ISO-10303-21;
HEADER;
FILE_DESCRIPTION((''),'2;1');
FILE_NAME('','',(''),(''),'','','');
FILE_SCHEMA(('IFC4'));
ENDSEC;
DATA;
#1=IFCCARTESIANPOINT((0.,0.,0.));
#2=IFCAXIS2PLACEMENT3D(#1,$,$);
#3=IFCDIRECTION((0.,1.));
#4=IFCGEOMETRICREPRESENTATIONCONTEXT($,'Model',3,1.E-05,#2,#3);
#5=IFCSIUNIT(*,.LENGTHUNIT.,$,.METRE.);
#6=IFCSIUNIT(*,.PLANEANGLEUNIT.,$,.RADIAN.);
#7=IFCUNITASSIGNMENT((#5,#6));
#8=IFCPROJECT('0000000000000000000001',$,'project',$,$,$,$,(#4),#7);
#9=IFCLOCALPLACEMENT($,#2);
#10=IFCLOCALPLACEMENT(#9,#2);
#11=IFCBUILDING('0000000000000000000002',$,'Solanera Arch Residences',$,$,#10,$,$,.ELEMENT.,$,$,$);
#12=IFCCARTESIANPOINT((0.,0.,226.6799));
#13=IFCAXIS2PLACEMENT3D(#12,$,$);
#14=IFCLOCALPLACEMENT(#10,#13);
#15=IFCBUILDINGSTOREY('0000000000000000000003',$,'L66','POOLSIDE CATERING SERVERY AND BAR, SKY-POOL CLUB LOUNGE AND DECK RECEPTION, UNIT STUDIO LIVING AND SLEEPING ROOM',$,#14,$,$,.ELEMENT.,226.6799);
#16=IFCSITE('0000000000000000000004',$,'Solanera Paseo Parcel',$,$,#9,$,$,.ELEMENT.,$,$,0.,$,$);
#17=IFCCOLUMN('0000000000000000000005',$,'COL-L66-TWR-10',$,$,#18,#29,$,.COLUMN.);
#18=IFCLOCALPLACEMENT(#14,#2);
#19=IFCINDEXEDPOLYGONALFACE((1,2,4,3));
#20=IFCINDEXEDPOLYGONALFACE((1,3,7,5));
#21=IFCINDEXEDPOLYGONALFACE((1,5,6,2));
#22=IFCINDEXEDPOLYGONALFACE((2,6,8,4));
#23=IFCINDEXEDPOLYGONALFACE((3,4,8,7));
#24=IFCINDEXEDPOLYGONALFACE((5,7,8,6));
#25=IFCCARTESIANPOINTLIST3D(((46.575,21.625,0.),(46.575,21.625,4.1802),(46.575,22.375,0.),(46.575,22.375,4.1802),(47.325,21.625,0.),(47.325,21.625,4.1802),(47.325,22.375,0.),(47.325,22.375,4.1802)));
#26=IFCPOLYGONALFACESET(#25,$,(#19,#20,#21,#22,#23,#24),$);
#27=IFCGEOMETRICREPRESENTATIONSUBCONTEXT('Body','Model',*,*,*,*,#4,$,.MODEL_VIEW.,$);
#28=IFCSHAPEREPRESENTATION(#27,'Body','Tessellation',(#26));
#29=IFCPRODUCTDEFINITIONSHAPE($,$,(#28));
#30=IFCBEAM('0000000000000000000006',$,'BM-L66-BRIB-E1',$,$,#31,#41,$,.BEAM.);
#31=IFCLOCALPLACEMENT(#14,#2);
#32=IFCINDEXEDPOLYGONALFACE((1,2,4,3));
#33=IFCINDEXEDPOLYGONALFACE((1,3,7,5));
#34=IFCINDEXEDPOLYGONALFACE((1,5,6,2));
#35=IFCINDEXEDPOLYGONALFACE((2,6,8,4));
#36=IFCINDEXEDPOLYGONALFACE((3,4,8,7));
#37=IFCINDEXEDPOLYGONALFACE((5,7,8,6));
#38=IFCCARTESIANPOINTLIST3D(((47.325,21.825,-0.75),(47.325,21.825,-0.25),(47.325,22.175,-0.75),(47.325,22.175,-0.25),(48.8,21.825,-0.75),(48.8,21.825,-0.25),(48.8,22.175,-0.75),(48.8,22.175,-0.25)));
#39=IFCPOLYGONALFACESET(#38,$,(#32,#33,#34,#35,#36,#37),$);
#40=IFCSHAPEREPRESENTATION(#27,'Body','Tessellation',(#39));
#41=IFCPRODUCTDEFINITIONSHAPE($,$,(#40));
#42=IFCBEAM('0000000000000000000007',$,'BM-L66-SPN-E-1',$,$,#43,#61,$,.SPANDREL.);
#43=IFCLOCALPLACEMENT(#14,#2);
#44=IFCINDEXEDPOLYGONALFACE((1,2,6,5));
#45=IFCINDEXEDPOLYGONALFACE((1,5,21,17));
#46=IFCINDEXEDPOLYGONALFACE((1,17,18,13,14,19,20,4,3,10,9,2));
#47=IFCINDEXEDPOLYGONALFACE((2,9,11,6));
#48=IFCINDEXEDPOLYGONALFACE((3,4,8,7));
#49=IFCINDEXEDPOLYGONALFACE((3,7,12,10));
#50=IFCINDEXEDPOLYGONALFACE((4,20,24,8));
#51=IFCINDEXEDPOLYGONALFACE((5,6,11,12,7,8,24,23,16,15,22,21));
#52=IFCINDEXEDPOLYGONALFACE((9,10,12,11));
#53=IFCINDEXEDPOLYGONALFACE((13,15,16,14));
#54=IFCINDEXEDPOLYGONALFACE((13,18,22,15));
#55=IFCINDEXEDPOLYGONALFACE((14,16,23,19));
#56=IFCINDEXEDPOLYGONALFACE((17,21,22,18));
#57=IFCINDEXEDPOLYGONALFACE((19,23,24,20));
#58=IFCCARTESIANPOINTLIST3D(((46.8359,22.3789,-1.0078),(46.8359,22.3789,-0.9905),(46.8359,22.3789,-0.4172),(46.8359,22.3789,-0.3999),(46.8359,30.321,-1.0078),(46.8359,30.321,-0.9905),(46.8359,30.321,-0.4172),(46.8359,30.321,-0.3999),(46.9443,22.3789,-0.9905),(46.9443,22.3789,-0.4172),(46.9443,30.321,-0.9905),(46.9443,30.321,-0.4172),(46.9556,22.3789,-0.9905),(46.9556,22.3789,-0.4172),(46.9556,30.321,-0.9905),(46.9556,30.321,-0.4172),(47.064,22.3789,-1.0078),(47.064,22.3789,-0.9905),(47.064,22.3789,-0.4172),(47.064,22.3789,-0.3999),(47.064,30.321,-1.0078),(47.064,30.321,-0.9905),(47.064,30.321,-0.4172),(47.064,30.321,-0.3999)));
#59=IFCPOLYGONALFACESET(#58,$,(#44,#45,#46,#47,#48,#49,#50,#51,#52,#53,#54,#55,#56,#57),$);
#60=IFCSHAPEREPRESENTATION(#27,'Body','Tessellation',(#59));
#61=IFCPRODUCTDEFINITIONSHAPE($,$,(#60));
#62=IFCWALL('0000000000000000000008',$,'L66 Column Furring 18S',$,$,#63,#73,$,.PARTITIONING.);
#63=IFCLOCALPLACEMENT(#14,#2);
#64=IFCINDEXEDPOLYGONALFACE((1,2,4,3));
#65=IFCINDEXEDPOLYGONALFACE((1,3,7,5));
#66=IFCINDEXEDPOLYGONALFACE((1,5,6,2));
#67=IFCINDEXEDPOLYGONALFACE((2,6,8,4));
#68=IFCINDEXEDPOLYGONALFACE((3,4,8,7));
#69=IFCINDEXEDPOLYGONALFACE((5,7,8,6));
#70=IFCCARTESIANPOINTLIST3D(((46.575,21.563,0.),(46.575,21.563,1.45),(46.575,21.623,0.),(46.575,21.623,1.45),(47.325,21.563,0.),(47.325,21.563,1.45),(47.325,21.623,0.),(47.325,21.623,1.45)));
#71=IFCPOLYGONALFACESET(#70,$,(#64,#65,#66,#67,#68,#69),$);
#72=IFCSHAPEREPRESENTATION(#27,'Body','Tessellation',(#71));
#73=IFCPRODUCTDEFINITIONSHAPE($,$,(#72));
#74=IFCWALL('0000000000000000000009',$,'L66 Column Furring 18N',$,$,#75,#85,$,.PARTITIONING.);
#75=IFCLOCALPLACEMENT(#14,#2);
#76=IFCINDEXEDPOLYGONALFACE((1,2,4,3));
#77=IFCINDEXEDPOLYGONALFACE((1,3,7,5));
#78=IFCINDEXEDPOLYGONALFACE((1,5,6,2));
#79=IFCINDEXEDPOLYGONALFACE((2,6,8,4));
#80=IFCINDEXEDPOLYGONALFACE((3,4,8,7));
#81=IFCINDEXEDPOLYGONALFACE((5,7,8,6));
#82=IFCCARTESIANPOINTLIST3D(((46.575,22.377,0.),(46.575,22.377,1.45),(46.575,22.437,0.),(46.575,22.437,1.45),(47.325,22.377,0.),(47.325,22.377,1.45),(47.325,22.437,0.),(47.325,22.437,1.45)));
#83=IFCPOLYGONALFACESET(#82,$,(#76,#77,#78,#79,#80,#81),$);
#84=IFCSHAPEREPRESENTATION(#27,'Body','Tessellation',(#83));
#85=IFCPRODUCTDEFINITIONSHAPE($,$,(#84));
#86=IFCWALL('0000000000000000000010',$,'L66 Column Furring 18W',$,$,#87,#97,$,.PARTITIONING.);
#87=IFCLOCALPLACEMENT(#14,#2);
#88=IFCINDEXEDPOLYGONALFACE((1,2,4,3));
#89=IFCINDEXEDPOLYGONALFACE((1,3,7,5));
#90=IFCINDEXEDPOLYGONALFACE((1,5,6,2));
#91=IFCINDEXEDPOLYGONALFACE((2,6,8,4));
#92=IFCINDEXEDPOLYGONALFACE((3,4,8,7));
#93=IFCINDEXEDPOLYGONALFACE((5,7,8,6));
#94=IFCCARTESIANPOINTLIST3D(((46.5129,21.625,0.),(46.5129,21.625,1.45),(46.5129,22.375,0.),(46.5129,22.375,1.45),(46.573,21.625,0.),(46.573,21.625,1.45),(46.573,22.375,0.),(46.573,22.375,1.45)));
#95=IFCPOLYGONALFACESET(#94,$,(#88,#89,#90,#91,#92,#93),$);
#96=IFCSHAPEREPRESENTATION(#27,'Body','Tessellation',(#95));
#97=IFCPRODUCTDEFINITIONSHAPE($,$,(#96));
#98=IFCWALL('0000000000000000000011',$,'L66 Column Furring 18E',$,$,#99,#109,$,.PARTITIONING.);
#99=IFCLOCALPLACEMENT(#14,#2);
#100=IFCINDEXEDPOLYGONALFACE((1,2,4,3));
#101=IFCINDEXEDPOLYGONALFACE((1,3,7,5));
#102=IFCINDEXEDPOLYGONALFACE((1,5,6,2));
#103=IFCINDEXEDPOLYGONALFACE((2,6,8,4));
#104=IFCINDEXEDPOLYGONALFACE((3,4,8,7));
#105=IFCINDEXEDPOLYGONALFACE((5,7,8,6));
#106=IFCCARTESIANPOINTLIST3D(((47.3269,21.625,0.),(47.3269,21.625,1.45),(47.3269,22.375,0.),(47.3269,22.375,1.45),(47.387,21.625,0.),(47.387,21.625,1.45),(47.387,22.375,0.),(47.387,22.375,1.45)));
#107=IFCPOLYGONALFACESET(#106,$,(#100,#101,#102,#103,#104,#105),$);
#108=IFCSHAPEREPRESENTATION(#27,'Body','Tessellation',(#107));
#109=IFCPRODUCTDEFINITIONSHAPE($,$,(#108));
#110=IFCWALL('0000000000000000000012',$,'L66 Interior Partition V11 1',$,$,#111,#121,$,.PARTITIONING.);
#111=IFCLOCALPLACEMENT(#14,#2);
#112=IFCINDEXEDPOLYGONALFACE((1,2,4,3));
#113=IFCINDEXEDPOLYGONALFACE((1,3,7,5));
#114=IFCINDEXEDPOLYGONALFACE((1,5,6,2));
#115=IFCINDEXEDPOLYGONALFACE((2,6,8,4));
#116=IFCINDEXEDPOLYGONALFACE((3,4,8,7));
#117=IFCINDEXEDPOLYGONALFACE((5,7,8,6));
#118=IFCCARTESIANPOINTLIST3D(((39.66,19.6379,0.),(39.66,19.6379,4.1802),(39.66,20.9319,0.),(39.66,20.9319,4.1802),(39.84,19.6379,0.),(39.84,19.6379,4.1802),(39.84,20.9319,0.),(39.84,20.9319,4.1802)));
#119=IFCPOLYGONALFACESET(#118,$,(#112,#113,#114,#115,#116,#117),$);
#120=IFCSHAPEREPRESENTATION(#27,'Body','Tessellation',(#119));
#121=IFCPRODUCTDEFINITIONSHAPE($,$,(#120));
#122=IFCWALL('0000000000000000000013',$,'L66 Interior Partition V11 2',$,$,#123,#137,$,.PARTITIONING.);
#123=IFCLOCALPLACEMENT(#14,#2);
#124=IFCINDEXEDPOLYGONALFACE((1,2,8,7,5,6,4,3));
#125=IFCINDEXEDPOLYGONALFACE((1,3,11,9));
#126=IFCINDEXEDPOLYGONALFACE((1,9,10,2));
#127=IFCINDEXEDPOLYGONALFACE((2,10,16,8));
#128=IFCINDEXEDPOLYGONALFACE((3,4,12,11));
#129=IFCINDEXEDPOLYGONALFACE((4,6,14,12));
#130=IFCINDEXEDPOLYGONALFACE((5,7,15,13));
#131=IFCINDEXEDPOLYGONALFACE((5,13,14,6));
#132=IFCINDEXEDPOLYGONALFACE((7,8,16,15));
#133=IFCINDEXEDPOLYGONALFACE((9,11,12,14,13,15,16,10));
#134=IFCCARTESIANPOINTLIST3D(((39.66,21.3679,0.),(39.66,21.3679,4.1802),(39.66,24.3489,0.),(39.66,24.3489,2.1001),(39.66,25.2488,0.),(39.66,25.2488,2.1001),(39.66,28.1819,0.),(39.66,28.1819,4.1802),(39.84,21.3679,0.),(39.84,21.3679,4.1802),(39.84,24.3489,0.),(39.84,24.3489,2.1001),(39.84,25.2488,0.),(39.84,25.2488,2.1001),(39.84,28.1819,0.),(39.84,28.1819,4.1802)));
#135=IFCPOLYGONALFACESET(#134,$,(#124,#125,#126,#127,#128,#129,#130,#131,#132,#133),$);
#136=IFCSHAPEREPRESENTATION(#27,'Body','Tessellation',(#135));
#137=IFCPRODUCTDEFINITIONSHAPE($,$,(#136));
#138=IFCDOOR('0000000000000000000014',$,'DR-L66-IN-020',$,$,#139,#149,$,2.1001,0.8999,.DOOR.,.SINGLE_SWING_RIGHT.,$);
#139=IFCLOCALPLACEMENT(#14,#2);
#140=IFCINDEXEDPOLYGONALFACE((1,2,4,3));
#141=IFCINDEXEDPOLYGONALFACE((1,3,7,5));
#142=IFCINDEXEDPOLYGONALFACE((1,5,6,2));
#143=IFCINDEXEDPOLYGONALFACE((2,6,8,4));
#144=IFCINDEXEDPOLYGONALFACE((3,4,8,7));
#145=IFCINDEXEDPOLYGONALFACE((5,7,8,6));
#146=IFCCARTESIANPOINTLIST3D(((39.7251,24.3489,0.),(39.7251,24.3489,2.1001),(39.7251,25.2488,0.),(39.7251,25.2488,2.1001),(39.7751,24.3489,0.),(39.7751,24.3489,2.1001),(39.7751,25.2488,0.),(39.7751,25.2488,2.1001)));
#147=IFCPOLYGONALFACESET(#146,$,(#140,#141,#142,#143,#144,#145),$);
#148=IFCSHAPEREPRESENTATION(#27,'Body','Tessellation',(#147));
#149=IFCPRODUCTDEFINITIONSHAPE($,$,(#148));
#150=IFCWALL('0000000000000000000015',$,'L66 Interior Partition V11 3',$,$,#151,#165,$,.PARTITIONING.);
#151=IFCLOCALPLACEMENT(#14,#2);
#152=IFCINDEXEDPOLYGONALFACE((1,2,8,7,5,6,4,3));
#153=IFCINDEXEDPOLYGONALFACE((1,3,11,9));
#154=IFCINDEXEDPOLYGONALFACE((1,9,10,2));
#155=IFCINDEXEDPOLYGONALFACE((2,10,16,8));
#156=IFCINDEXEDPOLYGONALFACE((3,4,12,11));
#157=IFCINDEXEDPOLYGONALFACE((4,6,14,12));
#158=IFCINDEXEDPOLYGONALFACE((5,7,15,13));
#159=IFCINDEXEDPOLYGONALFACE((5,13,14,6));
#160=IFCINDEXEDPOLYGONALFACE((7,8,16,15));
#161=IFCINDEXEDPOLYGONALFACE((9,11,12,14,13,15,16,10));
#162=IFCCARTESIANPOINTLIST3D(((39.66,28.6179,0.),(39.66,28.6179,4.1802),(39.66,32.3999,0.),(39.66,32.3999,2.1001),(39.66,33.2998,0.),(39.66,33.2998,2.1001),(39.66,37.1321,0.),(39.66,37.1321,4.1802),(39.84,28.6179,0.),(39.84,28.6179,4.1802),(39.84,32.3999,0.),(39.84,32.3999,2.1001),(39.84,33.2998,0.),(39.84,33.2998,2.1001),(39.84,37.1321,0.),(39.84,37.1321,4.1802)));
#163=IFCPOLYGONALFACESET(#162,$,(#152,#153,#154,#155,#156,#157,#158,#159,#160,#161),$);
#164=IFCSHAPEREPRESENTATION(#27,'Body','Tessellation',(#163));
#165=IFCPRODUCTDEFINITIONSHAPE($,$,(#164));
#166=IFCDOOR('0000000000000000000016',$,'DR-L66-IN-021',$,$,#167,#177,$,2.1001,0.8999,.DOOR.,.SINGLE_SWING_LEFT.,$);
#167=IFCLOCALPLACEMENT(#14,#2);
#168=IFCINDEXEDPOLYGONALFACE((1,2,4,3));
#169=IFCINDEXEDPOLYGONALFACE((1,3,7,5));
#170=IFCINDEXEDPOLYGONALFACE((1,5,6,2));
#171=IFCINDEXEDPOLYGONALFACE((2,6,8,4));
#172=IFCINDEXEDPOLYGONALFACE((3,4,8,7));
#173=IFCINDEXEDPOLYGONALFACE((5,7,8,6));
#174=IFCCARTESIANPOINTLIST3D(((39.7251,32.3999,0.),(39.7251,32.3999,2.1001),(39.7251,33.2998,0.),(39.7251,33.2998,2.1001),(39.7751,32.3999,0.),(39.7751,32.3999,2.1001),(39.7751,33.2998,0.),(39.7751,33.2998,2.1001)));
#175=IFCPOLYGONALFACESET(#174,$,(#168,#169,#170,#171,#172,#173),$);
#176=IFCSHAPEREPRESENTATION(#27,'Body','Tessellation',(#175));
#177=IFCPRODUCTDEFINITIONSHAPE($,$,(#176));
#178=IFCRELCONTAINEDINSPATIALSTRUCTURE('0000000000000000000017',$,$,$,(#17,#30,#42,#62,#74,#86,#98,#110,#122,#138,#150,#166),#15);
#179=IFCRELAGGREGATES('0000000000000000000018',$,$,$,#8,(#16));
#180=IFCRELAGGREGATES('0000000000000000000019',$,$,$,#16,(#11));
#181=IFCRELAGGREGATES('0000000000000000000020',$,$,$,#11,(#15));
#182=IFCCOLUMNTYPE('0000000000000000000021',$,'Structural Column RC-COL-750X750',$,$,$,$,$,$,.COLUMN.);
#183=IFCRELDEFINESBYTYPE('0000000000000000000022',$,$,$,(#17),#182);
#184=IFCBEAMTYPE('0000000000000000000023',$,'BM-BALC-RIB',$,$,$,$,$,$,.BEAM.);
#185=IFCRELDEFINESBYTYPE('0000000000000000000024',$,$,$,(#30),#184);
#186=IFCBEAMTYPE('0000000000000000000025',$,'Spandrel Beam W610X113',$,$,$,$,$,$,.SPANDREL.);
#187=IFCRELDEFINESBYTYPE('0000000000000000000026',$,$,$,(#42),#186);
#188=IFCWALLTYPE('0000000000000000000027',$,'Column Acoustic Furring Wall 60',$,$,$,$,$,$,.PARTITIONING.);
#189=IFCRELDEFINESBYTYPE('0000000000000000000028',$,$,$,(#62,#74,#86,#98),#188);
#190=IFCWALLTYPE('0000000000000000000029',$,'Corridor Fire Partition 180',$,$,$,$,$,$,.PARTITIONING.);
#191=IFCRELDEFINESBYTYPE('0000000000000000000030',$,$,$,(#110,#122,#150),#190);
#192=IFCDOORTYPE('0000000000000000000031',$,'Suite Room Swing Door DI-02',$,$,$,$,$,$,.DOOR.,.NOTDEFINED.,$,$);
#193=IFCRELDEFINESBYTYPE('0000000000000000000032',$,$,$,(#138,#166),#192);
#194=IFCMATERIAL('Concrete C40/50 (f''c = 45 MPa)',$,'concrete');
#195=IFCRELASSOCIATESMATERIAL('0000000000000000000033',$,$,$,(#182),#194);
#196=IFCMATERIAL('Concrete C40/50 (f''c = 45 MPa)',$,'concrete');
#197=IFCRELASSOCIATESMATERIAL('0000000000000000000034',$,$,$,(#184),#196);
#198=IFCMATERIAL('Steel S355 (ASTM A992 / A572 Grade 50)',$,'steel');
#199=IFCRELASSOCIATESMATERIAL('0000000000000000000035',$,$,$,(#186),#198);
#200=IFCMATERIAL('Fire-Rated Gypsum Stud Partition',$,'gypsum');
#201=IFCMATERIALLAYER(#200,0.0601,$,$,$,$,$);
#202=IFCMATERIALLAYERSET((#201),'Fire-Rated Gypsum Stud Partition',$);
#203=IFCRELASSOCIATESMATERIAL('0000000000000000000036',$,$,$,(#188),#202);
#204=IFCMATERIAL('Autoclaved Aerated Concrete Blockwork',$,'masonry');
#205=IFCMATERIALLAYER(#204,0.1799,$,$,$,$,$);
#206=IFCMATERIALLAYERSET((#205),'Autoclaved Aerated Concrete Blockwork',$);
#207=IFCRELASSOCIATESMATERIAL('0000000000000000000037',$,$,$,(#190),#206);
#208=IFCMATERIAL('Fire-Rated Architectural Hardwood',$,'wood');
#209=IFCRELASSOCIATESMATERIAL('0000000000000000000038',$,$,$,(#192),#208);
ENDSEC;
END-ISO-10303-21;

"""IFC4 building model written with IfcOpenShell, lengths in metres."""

from ifc_helpers import new_model, si_unit, direction, frame, frame_2d, origin, origin_2d, place, context, subcontext, project, spatial, rectangle, i_section, extrude, material, layer, layer_set, material_profile, profile_set, type_object, element, fill, save


model = new_model("IFC4")

# Units and contexts
model_context = context("Model", 3, precision=1e-05, world=origin(), true_north=direction((0.0, 1.0)))
body_context = subcontext(model_context, "Body", "Model", "MODEL_VIEW")
ifc_project = project(units=[si_unit("LENGTHUNIT", "METRE"), si_unit("PLANEANGLEUNIT", "RADIAN")], contexts=[model_context])

# Site, building, storey
site_placement = place(None, origin())
site = spatial("IfcSite", under=ifc_project, at=site_placement, Name="Solanera Paseo Parcel", CompositionType="ELEMENT", RefElevation=0.0)
building_placement = place(site_placement, origin())
building = spatial("IfcBuilding", under=site, at=building_placement, Name="Solanera Arch Residences", CompositionType="ELEMENT")
storey_placement = place(building_placement, frame((0.0, 0.0, 226.6799)))
storey = spatial("IfcBuildingStorey", under=building, at=storey_placement, Name="L66", Description="POOLSIDE CATERING SERVERY AND BAR, SKY-POOL CLUB LOUNGE AND DECK RECEPTION, UNIT STUDIO LIVING AND SLEEPING ROOM", CompositionType="ELEMENT", Elevation=226.6799)

# Column
ifc_material_1 = material(Name="Concrete C40/50 (f'c = 45 MPa)", Category="concrete")
ifc_material_profile_1 = material_profile(ifc_material_1, rectangle(XDim=0.75, YDim=0.75, at=origin_2d()))
ifc_profile_set_1 = profile_set([ifc_material_profile_1], Name="Concrete C40/50 (f'c = 45 MPa)")
column_type = type_object("IfcColumnType", Name="Structural Column RC-COL-750X750", PredefinedType="COLUMN", material=ifc_profile_set_1)
column_placement = place(storey_placement, frame((46.95, 22.0, 0.0), z_axis=(0.0, 0.0, 1.0), x_axis=(1.0, 0.0, 0.0)))
element("IfcColumn", 1, at=column_placement, inside=storey, type_object=column_type, Name="COL-L66-TWR-10", PredefinedType="COLUMN", context=body_context, shape_type="SweptSolid", body=[
    extrude(rectangle(XDim=0.75, YDim=0.75, at=origin_2d()), origin(), (0.0, 0.0, 1.0), 4.1802),
])

# Beams
ifc_material_2 = material(Name="Concrete C40/50 (f'c = 45 MPa)", Category="concrete")
ifc_material_profile_2 = material_profile(ifc_material_2, rectangle(XDim=0.3501, YDim=0.5, at=origin_2d()))
ifc_profile_set_2 = profile_set([ifc_material_profile_2], Name="Concrete C40/50 (f'c = 45 MPa)")
beam_type_1 = type_object("IfcBeamType", Name="BM-BALC-RIB", PredefinedType="BEAM", material=ifc_profile_set_2)
beam_1_placement = place(storey_placement, frame((47.325, 22.0, -0.5), z_axis=(1.0, 0.0, 0.0), x_axis=(0.0, 1.0, 0.0)))
element("IfcBeam", 2, at=beam_1_placement, inside=storey, type_object=beam_type_1, Name="BM-L66-BRIB-E1", PredefinedType="BEAM", context=body_context, shape_type="SweptSolid", body=[
    extrude(rectangle(XDim=0.3501, YDim=0.5, at=origin_2d()), origin(), (0.0, 0.0, 1.0), 1.4751),
])
ifc_material_3 = material(Name="Steel S355 (ASTM A992 / A572 Grade 50)", Category="steel")
ifc_material_profile_3 = material_profile(ifc_material_3, i_section(OverallWidth=0.228, OverallDepth=0.6079, WebThickness=0.0112, FlangeThickness=0.0173, at=origin_2d()))
ifc_profile_set_3 = profile_set([ifc_material_profile_3], Name="Steel S355 (ASTM A992 / A572 Grade 50)")
beam_type_2 = type_object("IfcBeamType", Name="Spandrel Beam W610X113", PredefinedType="SPANDREL", material=ifc_profile_set_3)
beam_2_placement = place(storey_placement, frame((46.95, 22.3789, -0.7039), z_axis=(0.0, 1.0, 0.0), x_axis=(-1.0, 0.0, 0.0)))
element("IfcBeam", 3, at=beam_2_placement, inside=storey, type_object=beam_type_2, Name="BM-L66-SPN-E-1", PredefinedType="SPANDREL", context=body_context, shape_type="SweptSolid", body=[
    extrude(i_section(OverallWidth=0.228, OverallDepth=0.6079, WebThickness=0.0112, FlangeThickness=0.0173, at=origin_2d()), origin(), (0.0, 0.0, 1.0), 7.9421),
])

# Walls
ifc_material_4 = material(Name="Fire-Rated Gypsum Stud Partition", Category="gypsum")
ifc_layer_1 = layer(ifc_material_4, 0.0601)
ifc_layer_set_1 = layer_set([ifc_layer_1], Name="Fire-Rated Gypsum Stud Partition")
wall_type_1 = type_object("IfcWallType", Name="Column Acoustic Furring Wall 60", PredefinedType="PARTITIONING", material=ifc_layer_set_1)
for number, where, z_axis, x_axis, name in (
    (4, (46.575, 21.593, 0.0), (0.0, 0.0, 1.0), (1.0, 0.0, 0.0), "L66 Column Furring 18S"),
    (5, (46.575, 22.407, 0.0), (0.0, 0.0, 1.0), (1.0, 0.0, 0.0), "L66 Column Furring 18N"),
    (6, (46.543, 21.625, 0.0), (0.0, 0.0, 1.0), (0.0, 1.0, 0.0), "L66 Column Furring 18W"),
    (7, (47.3569, 21.625, 0.0), (0.0, 0.0, 1.0), (0.0, 1.0, 0.0), "L66 Column Furring 18E"),
):
    element("IfcWall", number, at=place(storey_placement, frame(where, z_axis=z_axis, x_axis=x_axis)), inside=storey, type_object=wall_type_1, Name=name, PredefinedType="PARTITIONING", context=body_context, shape_type="SweptSolid", body=[
        extrude(rectangle(XDim=0.75, YDim=0.0601, at=frame_2d((0.375, 0.0))), origin(), (0.0, 0.0, 1.0), 1.45),
    ])
ifc_material_5 = material(Name="Autoclaved Aerated Concrete Blockwork", Category="masonry")
ifc_layer_2 = layer(ifc_material_5, 0.1799)
ifc_layer_set_2 = layer_set([ifc_layer_2], Name="Autoclaved Aerated Concrete Blockwork")
wall_type_2 = type_object("IfcWallType", Name="Corridor Fire Partition 180", PredefinedType="PARTITIONING", material=ifc_layer_set_2)
wall_1_placement = place(storey_placement, frame((39.75, 19.6379, 0.0), z_axis=(0.0, 0.0, 1.0), x_axis=(0.0, 1.0, 0.0)))
element("IfcWall", 8, at=wall_1_placement, inside=storey, type_object=wall_type_2, Name="L66 Interior Partition V11 1", PredefinedType="PARTITIONING", context=body_context, shape_type="SweptSolid", body=[
    extrude(rectangle(XDim=1.2939, YDim=0.1799, at=frame_2d((0.647, 0.0))), origin(), (0.0, 0.0, 1.0), 4.1802),
])

# Walls, openings, doors
wall_2_placement = place(storey_placement, frame((39.75, 21.3679, 0.0), z_axis=(0.0, 0.0, 1.0), x_axis=(0.0, 1.0, 0.0)))
wall_2 = element("IfcWall", 9, at=wall_2_placement, inside=storey, type_object=wall_type_2, Name="L66 Interior Partition V11 2", PredefinedType="PARTITIONING", context=body_context, shape_type="SweptSolid", body=[
    extrude(rectangle(XDim=6.814, YDim=0.1799, at=frame_2d((3.407, 0.0))), origin(), (0.0, 0.0, 1.0), 4.1802),
])
opening_1_placement = place(wall_2_placement, frame((2.981, 0.0, 0.0)))
opening_1 = element("IfcOpeningElement", 10, at=opening_1_placement, cuts=wall_2, PredefinedType="OPENING", context=body_context, shape_type="SweptSolid", body=[
    extrude(rectangle(XDim=0.8999, YDim=2.1001, at=frame_2d((0.45, 1.05))), frame((0.0, 0.1001, 0.0), z_axis=(0.0, -1.0, 0.0), x_axis=(1.0, 0.0, 0.0)), (0.0, 0.0, 1.0), 0.1999),
])
ifc_material_6 = material(Name="Fire-Rated Architectural Hardwood", Category="wood")
door_type_1 = type_object("IfcDoorType", Name="Suite Room Swing Door DI-02", OperationType="NOTDEFINED", PredefinedType="DOOR", material=ifc_material_6)
door_1_placement = place(opening_1_placement, origin())
door_1 = element("IfcDoor", 11, at=door_1_placement, inside=storey, type_object=door_type_1, Name="DR-L66-IN-020", OperationType="SINGLE_SWING_RIGHT", OverallHeight=2.1001, OverallWidth=0.8999, PredefinedType="DOOR", context=body_context, shape_type="SweptSolid", body=[
    extrude(rectangle(XDim=0.8999, YDim=2.1001, at=frame_2d((0.45, 1.05))), frame((0.0, 0.0249, 0.0), z_axis=(0.0, -1.0, 0.0), x_axis=(1.0, 0.0, 0.0)), (0.0, 0.0, 1.0), 0.05),
])
fill(opening_1, door_1)
wall_3_placement = place(storey_placement, frame((39.75, 28.6179, 0.0), z_axis=(0.0, 0.0, 1.0), x_axis=(0.0, 1.0, 0.0)))
wall_3 = element("IfcWall", 12, at=wall_3_placement, inside=storey, type_object=wall_type_2, Name="L66 Interior Partition V11 3", PredefinedType="PARTITIONING", context=body_context, shape_type="SweptSolid", body=[
    extrude(rectangle(XDim=8.5142, YDim=0.1799, at=frame_2d((4.2571, 0.0))), origin(), (0.0, 0.0, 1.0), 4.1802),
])
opening_2_placement = place(wall_3_placement, frame((3.782, 0.0, 0.0)))
opening_2 = element("IfcOpeningElement", 13, at=opening_2_placement, cuts=wall_3, PredefinedType="OPENING", context=body_context, shape_type="SweptSolid", body=[
    extrude(rectangle(XDim=0.8999, YDim=2.1001, at=frame_2d((0.45, 1.05))), frame((0.0, 0.1001, 0.0), z_axis=(0.0, -1.0, 0.0), x_axis=(1.0, 0.0, 0.0)), (0.0, 0.0, 1.0), 0.1999),
])
door_2_placement = place(opening_2_placement, origin())
door_2 = element("IfcDoor", 14, at=door_2_placement, inside=storey, type_object=door_type_1, Name="DR-L66-IN-021", OperationType="SINGLE_SWING_LEFT", OverallHeight=2.1001, OverallWidth=0.8999, PredefinedType="DOOR", context=body_context, shape_type="SweptSolid", body=[
    extrude(rectangle(XDim=0.8999, YDim=2.1001, at=frame_2d((0.45, 1.05))), frame((0.0, 0.0249, 0.0), z_axis=(0.0, -1.0, 0.0), x_axis=(1.0, 0.0, 0.0)), (0.0, 0.0, 1.0), 0.05),
])
fill(opening_2, door_2)

save(model, "model.ifc")
